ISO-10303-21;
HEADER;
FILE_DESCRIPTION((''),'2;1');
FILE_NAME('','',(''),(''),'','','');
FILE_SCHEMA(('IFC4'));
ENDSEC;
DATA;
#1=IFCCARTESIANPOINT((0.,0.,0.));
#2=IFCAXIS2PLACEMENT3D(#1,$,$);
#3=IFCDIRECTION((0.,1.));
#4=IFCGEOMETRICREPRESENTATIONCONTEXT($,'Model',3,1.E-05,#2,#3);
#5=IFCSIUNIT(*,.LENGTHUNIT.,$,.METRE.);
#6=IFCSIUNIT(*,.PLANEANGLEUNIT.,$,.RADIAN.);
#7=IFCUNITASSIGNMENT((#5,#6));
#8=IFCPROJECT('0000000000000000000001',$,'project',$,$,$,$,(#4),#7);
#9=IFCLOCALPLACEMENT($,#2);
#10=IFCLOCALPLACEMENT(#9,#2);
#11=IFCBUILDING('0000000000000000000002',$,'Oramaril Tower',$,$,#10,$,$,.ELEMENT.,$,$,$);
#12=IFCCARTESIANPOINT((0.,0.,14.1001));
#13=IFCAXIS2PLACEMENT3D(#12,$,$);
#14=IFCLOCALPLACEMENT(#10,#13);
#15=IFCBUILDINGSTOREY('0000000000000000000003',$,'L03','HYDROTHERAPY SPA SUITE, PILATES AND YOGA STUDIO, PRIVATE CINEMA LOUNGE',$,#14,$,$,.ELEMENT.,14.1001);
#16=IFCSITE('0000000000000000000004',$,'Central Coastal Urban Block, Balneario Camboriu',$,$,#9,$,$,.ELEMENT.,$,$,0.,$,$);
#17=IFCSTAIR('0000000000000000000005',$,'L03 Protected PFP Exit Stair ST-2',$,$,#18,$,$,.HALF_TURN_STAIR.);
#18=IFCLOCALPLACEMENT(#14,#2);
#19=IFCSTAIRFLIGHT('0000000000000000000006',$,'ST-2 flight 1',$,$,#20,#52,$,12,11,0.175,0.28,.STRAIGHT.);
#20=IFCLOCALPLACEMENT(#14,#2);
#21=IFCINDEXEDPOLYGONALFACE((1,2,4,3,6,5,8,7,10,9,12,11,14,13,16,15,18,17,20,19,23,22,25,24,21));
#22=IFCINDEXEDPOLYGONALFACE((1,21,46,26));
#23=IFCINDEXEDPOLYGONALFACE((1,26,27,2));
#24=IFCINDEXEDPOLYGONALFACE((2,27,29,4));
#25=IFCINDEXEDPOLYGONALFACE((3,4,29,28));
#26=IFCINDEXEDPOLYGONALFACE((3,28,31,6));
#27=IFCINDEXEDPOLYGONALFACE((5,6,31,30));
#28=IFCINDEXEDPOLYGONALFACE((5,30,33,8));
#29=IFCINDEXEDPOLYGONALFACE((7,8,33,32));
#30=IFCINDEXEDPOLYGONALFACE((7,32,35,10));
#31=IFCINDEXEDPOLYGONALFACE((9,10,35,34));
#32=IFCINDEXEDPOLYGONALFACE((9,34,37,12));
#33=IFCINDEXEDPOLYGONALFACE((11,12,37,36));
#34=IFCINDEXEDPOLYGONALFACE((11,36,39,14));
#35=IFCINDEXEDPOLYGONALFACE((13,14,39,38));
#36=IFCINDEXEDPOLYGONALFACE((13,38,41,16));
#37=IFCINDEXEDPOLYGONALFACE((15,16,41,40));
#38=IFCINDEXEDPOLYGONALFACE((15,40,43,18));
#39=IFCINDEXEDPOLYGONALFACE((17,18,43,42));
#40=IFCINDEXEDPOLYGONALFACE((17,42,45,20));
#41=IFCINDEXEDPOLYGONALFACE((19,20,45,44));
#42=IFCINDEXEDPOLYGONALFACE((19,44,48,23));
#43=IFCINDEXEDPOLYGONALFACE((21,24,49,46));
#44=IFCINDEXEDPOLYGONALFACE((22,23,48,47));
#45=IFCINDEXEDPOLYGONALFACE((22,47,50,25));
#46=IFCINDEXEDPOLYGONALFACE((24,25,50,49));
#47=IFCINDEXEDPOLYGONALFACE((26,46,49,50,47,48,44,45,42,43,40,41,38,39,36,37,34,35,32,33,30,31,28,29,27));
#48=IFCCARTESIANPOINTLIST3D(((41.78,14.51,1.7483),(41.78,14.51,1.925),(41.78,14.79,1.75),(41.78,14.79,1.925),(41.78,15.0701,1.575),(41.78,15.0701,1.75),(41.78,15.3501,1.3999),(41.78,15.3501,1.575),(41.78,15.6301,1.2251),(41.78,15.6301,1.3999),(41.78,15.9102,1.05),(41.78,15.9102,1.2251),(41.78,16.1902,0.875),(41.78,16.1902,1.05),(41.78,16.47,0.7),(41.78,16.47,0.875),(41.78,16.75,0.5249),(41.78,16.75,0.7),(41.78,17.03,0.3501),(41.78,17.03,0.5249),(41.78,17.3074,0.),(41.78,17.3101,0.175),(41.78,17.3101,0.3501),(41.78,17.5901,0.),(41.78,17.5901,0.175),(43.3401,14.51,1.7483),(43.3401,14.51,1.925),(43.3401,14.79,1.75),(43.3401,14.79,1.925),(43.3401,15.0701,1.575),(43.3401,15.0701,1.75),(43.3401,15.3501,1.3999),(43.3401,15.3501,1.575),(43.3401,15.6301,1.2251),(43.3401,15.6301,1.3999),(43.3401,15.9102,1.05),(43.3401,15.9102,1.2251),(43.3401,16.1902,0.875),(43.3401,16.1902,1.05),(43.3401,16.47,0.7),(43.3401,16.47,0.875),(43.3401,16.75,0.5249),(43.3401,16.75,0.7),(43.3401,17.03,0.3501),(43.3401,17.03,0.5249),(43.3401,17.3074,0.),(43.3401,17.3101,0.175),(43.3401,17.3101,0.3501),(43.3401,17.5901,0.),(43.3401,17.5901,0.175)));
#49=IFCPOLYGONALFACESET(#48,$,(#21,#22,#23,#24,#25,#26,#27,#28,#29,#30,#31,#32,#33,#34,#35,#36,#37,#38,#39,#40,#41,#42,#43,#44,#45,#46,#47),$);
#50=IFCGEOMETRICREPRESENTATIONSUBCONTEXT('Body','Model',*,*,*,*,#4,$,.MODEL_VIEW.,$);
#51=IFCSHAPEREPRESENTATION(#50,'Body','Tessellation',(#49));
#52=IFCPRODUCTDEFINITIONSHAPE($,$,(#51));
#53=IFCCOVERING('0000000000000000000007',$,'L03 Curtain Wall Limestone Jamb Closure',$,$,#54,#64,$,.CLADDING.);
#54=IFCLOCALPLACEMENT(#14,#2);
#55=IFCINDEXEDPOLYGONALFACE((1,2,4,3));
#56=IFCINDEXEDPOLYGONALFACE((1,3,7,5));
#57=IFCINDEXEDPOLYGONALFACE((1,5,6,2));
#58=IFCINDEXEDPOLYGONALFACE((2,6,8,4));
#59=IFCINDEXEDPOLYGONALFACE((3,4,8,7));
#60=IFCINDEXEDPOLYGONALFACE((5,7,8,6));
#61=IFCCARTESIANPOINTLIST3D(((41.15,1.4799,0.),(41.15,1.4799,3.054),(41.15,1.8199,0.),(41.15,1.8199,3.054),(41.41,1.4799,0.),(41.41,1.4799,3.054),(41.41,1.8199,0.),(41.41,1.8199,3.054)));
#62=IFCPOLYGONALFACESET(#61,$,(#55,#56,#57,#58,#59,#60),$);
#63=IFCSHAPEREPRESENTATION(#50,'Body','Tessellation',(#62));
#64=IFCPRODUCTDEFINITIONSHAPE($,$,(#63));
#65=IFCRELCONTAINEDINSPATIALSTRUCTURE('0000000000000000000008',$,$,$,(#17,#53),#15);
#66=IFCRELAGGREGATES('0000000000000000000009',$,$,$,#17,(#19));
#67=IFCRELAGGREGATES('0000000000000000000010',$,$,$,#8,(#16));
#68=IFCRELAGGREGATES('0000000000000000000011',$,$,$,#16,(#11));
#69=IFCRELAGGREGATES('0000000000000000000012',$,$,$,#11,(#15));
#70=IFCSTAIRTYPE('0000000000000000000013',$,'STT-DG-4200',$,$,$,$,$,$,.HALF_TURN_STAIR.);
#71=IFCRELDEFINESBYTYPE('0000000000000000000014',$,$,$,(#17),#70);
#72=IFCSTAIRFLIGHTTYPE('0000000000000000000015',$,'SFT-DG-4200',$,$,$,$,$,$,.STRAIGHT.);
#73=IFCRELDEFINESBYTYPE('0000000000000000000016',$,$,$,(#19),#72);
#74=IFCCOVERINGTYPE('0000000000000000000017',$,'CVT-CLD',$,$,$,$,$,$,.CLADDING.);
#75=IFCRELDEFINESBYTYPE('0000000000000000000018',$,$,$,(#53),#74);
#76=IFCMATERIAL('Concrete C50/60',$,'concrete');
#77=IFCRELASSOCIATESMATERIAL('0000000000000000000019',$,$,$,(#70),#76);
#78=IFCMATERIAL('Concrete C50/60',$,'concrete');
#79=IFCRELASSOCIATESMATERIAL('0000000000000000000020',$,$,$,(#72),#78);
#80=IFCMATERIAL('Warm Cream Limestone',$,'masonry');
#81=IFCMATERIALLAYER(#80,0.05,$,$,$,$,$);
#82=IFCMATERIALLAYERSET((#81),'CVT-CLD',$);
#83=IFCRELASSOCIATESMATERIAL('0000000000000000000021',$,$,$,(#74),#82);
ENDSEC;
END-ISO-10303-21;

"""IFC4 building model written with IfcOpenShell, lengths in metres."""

from ifc_helpers import new_model, si_unit, direction, frame, origin, origin_2d, place, context, subcontext, project, spatial, polyline, rectangle, outline, extrude, material, layer, layer_set, type_object, element, aggregate, save


model = new_model("IFC4")

# Units and contexts
model_context = context("Model", 3, precision=1e-05, world=origin(), true_north=direction((0.0, 1.0)))
body_context = subcontext(model_context, "Body", "Model", "MODEL_VIEW")
ifc_project = project(units=[si_unit("LENGTHUNIT", "METRE"), si_unit("PLANEANGLEUNIT", "RADIAN")], contexts=[model_context])

# Site, building, storey
site_placement = place(None, origin())
site = spatial("IfcSite", under=ifc_project, at=site_placement, Name="Central Coastal Urban Block, Balneario Camboriu", CompositionType="ELEMENT", RefElevation=0.0)
building_placement = place(site_placement, origin())
building = spatial("IfcBuilding", under=site, at=building_placement, Name="Oramaril Tower", CompositionType="ELEMENT")
storey_placement = place(building_placement, frame((0.0, 0.0, 14.1001)))
storey = spatial("IfcBuildingStorey", under=building, at=storey_placement, Name="L03", Description="HYDROTHERAPY SPA SUITE, PILATES AND YOGA STUDIO, PRIVATE CINEMA LOUNGE", CompositionType="ELEMENT", Elevation=14.1001)

# Stair, stair flight
ifc_material_1 = material(Name="Concrete C50/60", Category="concrete")
stair_type = type_object("IfcStairType", Name="STT-DG-4200", PredefinedType="HALF_TURN_STAIR", material=ifc_material_1)
stair_placement = place(storey_placement, origin())
stair = element("IfcStair", 1, at=stair_placement, inside=storey, type_object=stair_type, Name="L03 Protected PFP Exit Stair ST-2", PredefinedType="HALF_TURN_STAIR")
ifc_material_2 = material(Name="Concrete C50/60", Category="concrete")
stair_flight_type = type_object("IfcStairFlightType", Name="SFT-DG-4200", PredefinedType="STRAIGHT", material=ifc_material_2)
stair_flight_placement = place(storey_placement, frame((42.5601, 17.5901, 0.0), z_axis=(0.0, 0.0, 1.0), x_axis=(0.0, -1.0, 0.0)))
stair_flight = element("IfcStairFlight", 2, at=stair_flight_placement, type_object=stair_flight_type, Name="ST-2 flight 1", NumberOfRisers=12, NumberOfTreads=11, PredefinedType="STRAIGHT", RiserHeight=0.175, TreadLength=0.28, context=body_context, shape_type="SweptSolid", body=[
    extrude(outline(polyline([(0.0, 0.0), (0.0, 0.175), (0.28, 0.175), (0.28, 0.3501), (0.5601, 0.3501), (0.5601, 0.5249), (0.8401, 0.5249), (0.8401, 0.7), (1.1201, 0.7), (1.1201, 0.875), (1.3999, 0.875), (1.3999, 1.05), (1.6799, 1.05), (1.6799, 1.2251), (1.96, 1.2251), (1.96, 1.3999), (2.24, 1.3999), (2.24, 1.575), (2.52, 1.575), (2.52, 1.75), (2.8, 1.75), (2.8, 1.925), (3.0801, 1.925), (3.0801, 2.1001), (3.0801, 1.7483), (0.2827, 0.0), (0.0, 0.0)])), frame((0.0, 0.78, 0.0), z_axis=(0.0, -1.0, 0.0), x_axis=(1.0, 0.0, 0.0)), (0.0, 0.0, 1.0), 1.5601),
])
aggregate(stair, [stair_flight])

# Covering
ifc_material_3 = material(Name="Warm Cream Limestone", Category="masonry")
ifc_layer_1 = layer(ifc_material_3, 0.05)
ifc_layer_set_1 = layer_set([ifc_layer_1], Name="CVT-CLD")
covering_type = type_object("IfcCoveringType", Name="CVT-CLD", PredefinedType="CLADDING", material=ifc_layer_set_1)
covering_placement = place(storey_placement, frame((41.28, 1.6499, 0.0), z_axis=(0.0, 0.0, 1.0), x_axis=(1.0, 0.0, 0.0)))
element("IfcCovering", 3, at=covering_placement, inside=storey, type_object=covering_type, Name="L03 Curtain Wall Limestone Jamb Closure", PredefinedType="CLADDING", context=body_context, shape_type="SweptSolid", body=[
    extrude(rectangle(XDim=0.26, YDim=0.3401, at=origin_2d()), origin(), (0.0, 0.0, 1.0), 3.054),
])

save(model, "model.ifc")
